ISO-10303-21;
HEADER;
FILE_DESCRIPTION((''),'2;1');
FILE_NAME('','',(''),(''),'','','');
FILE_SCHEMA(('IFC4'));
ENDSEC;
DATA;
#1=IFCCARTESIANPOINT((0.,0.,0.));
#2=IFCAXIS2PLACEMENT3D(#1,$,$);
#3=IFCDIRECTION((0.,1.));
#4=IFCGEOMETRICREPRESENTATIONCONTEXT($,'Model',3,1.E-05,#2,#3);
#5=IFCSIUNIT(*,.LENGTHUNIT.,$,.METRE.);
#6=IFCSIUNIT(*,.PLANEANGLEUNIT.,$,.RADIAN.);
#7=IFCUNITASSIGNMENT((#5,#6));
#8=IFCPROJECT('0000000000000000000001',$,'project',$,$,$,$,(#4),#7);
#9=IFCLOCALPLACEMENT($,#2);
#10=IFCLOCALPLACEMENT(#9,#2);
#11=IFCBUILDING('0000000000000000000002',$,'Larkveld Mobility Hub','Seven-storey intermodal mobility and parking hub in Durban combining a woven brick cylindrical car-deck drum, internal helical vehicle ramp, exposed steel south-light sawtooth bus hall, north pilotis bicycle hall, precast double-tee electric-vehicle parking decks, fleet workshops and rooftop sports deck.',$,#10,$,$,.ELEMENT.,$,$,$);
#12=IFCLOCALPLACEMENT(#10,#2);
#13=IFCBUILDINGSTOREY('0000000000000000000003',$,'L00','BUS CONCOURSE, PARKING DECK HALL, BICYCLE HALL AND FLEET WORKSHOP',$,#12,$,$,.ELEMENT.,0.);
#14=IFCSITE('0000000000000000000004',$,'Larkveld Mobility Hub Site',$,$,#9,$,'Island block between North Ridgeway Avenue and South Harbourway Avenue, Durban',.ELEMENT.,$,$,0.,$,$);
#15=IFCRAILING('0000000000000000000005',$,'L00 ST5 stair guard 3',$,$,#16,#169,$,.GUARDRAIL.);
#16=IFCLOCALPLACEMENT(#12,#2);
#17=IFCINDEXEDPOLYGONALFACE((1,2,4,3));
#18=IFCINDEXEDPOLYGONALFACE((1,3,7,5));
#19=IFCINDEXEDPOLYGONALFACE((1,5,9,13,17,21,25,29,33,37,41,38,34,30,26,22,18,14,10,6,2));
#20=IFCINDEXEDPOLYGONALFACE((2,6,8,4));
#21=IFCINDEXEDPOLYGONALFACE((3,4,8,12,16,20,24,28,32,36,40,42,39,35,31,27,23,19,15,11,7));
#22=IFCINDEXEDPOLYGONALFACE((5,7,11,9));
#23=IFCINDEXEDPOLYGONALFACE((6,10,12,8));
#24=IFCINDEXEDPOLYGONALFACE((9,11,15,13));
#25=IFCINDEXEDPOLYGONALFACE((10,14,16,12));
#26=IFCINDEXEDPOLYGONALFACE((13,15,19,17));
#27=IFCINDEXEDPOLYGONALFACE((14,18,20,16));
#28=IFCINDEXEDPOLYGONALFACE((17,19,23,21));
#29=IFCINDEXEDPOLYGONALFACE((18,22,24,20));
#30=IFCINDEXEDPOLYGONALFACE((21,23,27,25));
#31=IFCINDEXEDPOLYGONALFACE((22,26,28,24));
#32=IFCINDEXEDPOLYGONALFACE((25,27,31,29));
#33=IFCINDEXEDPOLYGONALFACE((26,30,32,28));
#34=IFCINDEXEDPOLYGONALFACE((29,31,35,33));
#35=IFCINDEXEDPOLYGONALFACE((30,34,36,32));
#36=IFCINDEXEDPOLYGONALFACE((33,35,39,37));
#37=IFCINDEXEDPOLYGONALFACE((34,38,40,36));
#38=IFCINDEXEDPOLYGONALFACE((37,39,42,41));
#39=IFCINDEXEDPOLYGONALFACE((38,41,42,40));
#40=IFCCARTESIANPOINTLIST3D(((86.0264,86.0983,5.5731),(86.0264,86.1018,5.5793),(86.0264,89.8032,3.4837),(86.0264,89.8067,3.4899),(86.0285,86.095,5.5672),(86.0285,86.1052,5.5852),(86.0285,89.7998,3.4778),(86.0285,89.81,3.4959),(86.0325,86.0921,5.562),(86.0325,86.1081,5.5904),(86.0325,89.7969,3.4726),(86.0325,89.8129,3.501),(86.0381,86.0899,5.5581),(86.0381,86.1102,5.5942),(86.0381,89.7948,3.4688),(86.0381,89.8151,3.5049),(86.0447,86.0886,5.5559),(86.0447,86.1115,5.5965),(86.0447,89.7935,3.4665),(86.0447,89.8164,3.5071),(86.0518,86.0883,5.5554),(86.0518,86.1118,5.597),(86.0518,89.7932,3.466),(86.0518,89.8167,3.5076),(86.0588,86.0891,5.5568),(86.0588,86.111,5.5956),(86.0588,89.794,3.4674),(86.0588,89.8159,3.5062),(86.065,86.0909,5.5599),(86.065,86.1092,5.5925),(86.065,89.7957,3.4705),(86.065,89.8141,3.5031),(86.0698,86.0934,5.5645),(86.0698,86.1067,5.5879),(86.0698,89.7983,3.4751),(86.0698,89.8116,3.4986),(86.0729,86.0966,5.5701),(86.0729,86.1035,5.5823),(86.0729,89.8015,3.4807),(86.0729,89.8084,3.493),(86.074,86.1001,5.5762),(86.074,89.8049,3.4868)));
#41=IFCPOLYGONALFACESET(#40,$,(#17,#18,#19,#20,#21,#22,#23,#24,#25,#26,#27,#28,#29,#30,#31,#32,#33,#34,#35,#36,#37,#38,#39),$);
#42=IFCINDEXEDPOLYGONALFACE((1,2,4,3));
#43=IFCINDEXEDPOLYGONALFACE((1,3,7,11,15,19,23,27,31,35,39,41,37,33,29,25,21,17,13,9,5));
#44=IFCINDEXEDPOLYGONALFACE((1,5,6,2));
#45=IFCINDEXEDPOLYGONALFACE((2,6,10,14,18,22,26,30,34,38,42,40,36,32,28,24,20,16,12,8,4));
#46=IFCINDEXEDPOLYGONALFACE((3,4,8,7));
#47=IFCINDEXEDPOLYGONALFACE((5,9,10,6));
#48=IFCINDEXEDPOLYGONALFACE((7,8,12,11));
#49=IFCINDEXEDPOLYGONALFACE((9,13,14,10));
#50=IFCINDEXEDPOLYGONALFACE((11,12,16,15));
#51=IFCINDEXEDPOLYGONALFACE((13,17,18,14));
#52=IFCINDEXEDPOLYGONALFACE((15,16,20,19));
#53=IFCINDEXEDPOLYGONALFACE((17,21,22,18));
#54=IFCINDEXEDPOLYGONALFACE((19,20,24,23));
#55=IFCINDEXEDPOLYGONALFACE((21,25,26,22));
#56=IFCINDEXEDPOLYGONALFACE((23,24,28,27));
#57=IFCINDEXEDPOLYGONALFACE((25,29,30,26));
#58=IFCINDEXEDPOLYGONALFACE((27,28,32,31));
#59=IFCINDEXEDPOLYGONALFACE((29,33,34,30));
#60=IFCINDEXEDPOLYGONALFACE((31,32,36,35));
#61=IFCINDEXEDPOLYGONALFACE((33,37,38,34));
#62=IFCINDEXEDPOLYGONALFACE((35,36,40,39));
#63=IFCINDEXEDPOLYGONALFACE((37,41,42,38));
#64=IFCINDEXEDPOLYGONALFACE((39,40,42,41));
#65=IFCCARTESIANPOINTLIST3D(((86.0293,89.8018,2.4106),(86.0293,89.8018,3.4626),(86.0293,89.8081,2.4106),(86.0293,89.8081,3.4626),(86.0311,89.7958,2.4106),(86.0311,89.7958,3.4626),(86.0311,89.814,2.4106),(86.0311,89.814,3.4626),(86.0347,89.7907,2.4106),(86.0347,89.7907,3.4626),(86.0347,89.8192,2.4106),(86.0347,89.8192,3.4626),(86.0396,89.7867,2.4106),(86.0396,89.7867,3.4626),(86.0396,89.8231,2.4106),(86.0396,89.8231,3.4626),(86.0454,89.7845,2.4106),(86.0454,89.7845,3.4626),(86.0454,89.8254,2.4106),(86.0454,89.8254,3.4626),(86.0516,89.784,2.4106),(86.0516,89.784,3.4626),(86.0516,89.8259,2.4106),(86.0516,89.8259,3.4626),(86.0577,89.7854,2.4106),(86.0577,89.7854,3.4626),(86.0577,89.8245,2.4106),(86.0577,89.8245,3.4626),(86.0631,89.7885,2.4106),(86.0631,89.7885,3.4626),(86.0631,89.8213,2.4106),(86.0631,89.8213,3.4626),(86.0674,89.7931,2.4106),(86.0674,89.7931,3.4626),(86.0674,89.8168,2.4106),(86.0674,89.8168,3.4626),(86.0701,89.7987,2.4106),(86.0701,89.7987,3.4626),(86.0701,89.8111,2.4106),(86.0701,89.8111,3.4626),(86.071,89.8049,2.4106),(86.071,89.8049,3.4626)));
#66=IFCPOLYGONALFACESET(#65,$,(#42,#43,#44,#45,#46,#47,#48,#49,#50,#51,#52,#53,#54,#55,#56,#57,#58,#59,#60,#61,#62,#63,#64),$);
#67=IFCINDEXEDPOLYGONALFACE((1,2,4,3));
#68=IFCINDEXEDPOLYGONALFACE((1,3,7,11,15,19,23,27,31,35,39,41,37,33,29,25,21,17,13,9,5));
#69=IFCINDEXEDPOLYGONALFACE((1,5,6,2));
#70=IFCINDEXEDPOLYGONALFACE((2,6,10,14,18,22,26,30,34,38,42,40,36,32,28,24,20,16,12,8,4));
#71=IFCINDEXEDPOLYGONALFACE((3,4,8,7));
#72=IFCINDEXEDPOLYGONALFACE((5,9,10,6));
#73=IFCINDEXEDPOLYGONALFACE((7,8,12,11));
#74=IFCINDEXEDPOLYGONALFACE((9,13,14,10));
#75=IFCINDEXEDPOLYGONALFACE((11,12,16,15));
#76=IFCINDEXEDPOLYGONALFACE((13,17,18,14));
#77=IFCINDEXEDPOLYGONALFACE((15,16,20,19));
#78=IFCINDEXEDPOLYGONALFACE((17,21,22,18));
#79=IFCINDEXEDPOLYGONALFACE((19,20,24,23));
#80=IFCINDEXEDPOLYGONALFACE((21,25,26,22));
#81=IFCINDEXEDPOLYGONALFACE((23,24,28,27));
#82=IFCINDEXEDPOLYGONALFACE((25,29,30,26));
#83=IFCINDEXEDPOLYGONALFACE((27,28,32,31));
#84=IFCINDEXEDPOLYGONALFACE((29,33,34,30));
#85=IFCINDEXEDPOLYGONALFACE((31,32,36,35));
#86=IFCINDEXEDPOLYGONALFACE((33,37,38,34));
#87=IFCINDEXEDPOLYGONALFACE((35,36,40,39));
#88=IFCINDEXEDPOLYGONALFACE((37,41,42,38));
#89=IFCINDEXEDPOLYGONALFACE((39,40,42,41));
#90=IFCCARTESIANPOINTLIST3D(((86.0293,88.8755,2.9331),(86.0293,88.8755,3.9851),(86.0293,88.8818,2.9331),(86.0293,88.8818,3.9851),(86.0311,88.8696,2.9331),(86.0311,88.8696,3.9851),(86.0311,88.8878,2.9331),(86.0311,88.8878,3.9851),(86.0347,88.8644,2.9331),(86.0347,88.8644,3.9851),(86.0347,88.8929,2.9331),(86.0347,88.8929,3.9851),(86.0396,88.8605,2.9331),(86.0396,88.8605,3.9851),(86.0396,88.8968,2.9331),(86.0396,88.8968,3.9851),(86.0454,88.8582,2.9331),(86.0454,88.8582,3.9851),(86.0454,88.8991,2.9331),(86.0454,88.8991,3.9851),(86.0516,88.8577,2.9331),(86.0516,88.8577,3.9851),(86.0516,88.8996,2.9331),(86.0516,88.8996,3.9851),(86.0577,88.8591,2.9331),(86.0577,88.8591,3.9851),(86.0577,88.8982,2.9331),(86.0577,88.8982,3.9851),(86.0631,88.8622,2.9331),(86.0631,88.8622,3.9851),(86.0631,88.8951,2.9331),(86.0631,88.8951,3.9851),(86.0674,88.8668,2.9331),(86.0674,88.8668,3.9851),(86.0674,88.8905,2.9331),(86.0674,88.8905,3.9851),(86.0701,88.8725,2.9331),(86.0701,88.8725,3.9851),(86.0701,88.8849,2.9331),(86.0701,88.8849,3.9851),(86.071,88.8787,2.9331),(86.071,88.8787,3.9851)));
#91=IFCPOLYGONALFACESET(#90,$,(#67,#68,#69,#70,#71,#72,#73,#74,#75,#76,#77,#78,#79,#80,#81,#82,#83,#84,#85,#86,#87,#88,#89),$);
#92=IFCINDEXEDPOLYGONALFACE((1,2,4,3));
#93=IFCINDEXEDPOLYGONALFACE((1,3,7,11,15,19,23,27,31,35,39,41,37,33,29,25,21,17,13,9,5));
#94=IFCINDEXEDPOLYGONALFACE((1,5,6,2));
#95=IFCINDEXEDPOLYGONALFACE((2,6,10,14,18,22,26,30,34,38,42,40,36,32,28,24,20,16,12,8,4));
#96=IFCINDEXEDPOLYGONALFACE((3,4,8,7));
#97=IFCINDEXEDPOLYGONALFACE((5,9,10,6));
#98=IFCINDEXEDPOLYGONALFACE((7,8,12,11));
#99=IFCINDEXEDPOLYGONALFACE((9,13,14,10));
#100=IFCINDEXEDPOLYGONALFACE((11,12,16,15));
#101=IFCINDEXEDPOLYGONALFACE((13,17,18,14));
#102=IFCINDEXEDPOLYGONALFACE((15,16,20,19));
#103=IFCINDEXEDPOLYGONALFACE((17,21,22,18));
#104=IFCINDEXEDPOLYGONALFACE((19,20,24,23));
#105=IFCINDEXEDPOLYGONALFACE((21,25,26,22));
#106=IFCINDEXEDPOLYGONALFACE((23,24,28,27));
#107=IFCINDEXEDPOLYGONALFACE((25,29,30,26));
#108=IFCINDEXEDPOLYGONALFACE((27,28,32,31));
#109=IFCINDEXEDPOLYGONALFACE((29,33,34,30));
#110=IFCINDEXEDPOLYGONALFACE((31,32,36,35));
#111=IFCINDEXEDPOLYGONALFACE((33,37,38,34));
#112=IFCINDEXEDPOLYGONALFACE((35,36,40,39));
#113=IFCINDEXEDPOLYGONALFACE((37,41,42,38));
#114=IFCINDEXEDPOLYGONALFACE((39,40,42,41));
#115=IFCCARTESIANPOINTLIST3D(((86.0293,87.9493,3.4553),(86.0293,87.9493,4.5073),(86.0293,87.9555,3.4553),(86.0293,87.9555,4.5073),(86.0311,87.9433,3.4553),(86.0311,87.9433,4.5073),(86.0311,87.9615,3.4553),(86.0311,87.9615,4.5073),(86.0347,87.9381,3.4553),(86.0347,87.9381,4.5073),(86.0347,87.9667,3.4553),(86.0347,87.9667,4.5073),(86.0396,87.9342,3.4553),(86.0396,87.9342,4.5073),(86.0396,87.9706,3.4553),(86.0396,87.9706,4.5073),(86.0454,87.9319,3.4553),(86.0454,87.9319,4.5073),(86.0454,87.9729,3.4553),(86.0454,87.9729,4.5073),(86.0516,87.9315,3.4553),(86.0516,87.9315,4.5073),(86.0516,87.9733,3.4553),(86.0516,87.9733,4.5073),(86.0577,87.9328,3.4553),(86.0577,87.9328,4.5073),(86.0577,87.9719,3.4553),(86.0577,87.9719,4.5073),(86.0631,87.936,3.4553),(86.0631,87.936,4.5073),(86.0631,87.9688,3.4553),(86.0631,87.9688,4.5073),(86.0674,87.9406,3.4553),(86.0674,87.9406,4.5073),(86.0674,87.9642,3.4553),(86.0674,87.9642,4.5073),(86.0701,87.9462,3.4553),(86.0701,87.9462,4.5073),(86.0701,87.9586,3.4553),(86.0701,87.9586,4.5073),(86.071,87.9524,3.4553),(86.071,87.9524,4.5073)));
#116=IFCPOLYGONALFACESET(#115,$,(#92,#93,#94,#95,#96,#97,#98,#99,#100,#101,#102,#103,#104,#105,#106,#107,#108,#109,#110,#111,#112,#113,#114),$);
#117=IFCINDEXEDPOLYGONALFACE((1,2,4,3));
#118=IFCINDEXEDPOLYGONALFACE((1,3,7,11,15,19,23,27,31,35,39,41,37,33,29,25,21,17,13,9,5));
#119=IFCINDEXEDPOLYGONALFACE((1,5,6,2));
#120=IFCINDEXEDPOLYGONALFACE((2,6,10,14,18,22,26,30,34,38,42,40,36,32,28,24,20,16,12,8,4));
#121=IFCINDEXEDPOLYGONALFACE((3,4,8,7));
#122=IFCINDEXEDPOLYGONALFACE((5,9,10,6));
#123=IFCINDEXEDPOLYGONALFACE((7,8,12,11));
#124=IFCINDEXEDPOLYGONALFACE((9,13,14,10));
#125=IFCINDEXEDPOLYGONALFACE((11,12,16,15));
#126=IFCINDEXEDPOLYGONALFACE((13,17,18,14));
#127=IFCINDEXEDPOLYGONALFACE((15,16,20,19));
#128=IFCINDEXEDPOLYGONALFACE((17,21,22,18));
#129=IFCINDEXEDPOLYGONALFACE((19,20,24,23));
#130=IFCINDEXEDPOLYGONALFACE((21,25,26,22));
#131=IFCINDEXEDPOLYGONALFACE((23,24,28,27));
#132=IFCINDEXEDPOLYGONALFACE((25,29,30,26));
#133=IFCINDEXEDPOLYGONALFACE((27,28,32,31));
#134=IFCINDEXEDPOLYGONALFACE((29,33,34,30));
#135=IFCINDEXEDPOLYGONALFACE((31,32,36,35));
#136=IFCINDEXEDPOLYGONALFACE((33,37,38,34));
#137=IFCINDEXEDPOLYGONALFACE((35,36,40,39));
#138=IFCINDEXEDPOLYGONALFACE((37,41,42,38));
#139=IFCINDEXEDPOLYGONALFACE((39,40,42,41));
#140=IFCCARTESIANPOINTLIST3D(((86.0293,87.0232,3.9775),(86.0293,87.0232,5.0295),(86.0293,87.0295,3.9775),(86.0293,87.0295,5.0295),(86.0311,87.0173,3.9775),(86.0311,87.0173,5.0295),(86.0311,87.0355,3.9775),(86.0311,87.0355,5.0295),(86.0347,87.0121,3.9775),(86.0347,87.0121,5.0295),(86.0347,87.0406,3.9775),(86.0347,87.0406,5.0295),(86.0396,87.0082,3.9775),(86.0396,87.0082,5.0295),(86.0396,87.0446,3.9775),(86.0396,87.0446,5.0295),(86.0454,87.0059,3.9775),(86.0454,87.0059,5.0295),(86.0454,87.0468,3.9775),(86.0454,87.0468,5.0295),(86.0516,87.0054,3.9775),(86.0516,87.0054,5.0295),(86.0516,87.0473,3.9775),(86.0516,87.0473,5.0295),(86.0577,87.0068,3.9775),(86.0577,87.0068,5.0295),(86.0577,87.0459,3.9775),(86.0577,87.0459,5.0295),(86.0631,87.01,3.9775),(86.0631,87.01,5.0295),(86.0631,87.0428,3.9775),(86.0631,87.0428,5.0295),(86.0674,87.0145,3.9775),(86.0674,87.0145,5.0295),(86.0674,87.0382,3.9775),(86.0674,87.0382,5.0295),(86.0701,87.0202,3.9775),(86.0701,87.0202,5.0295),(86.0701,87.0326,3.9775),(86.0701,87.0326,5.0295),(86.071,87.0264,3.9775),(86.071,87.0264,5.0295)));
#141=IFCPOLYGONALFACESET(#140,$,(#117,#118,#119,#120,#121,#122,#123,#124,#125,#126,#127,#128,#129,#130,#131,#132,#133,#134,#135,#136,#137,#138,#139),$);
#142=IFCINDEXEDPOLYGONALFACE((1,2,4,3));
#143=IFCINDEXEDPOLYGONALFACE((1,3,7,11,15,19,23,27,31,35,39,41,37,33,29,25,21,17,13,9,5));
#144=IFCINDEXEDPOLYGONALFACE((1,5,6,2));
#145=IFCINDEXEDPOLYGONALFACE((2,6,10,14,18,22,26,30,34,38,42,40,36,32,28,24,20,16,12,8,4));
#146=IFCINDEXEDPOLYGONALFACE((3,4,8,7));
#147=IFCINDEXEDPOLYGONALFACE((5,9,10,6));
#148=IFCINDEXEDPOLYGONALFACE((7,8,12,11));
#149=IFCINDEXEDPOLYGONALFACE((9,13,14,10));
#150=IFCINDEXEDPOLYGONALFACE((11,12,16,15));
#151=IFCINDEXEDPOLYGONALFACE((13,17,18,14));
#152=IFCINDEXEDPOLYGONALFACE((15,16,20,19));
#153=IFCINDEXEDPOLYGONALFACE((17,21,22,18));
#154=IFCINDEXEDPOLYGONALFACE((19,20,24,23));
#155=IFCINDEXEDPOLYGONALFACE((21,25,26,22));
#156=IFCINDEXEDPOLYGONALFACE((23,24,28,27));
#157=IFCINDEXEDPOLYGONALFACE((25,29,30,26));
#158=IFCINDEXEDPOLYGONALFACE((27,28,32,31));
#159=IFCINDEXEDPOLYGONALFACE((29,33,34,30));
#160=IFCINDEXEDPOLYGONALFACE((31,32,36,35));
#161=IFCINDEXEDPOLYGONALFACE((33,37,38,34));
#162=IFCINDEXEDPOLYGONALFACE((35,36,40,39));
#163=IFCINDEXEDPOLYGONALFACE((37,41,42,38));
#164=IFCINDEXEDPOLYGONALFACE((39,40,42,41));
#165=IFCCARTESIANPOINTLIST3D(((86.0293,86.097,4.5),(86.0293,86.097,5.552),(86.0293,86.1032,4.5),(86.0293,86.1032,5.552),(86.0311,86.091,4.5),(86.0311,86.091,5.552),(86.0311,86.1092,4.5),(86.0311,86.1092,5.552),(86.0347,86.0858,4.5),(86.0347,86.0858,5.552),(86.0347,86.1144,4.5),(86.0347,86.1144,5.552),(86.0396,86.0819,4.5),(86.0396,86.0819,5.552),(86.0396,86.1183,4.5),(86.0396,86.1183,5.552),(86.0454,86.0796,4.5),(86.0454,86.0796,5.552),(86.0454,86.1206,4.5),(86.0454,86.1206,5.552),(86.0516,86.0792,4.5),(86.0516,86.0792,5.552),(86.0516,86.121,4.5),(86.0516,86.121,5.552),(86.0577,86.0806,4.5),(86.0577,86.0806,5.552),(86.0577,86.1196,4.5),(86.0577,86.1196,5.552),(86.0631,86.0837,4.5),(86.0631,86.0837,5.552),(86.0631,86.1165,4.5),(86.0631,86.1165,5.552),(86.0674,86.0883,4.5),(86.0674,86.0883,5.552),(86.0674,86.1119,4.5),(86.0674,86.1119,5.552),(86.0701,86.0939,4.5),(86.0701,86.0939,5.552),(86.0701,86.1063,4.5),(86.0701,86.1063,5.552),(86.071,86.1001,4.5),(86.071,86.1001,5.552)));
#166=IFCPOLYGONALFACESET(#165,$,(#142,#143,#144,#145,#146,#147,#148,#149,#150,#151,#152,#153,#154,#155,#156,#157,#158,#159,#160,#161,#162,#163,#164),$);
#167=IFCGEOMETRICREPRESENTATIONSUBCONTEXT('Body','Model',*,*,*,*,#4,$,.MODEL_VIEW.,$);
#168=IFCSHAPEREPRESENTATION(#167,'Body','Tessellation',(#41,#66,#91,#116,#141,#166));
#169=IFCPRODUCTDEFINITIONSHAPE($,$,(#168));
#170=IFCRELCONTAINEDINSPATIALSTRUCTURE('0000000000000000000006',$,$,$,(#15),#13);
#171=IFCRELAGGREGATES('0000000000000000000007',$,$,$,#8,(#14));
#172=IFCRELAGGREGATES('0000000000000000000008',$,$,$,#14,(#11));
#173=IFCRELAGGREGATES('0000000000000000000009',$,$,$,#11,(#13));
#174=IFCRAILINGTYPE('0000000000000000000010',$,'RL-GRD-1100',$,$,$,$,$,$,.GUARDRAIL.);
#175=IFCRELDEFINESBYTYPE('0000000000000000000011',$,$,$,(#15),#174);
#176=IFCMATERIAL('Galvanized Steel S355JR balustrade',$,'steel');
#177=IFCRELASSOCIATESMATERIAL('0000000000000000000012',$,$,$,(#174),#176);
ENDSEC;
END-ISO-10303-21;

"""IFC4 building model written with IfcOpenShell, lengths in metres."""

from ifc_helpers import new_model, si_unit, direction, frame, origin, origin_2d, place, context, subcontext, project, spatial, circle, extrude, material, type_object, element, save


model = new_model("IFC4")

# Units and contexts
model_context = context("Model", 3, precision=1e-05, world=origin(), true_north=direction((0.0, 1.0)))
body_context = subcontext(model_context, "Body", "Model", "MODEL_VIEW")
ifc_project = project(units=[si_unit("LENGTHUNIT", "METRE"), si_unit("PLANEANGLEUNIT", "RADIAN")], contexts=[model_context])

# Site, building, storey
site_placement = place(None, origin())
site = spatial("IfcSite", under=ifc_project, at=site_placement, Name="Larkveld Mobility Hub Site", LongName="Island block between North Ridgeway Avenue and South Harbourway Avenue, Durban", CompositionType="ELEMENT", RefElevation=0.0)
building_placement = place(site_placement, origin())
building = spatial("IfcBuilding", under=site, at=building_placement, Name="Larkveld Mobility Hub", Description="Seven-storey intermodal mobility and parking hub in Durban combining a woven brick cylindrical car-deck drum, internal helical vehicle ramp, exposed steel south-light sawtooth bus hall, north pilotis bicycle hall, precast double-tee electric-vehicle parking decks, fleet workshops and rooftop sports deck.", CompositionType="ELEMENT")
storey_placement = place(building_placement, origin())
storey = spatial("IfcBuildingStorey", under=building, at=storey_placement, Name="L00", Description="BUS CONCOURSE, PARKING DECK HALL, BICYCLE HALL AND FLEET WORKSHOP", CompositionType="ELEMENT", Elevation=0.0)

# Railing
ifc_material_1 = material(Name="Galvanized Steel S355JR balustrade", Category="steel")
railing_type_1 = type_object("IfcRailingType", Name="RL-GRD-1100", PredefinedType="GUARDRAIL", material=ifc_material_1)
railing_1_placement = place(storey_placement, frame((86.05, 89.8049, 2.4106)))
element("IfcRailing", 1, at=railing_1_placement, inside=storey, type_object=railing_type_1, Name="L00 ST5 stair guard 3", PredefinedType="GUARDRAIL", context=body_context, shape_type="SweptSolid", body=[
    extrude(circle(Radius=0.0239, at=origin_2d()), frame((0.0, 0.0, 1.0762), z_axis=(0.0, -0.871034, 0.491223), x_axis=(1.0, 0.0, 0.0)), (0.0, 0.0, 1.0), 4.2534),
    extrude(circle(Radius=0.021, at=origin_2d()), origin(), (0.0, 0.0, 1.0), 1.052),
    extrude(circle(Radius=0.021, at=origin_2d()), frame((0.0, -0.9263, 0.5225)), (0.0, 0.0, 1.0), 1.052),
    extrude(circle(Radius=0.021, at=origin_2d()), frame((0.0, -1.8525, 1.0447)), (0.0, 0.0, 1.0), 1.052),
    extrude(circle(Radius=0.021, at=origin_2d()), frame((0.0, -2.7786, 1.5669)), (0.0, 0.0, 1.0), 1.052),
    extrude(circle(Radius=0.021, at=origin_2d()), frame((0.0, -3.7048, 2.0894)), (0.0, 0.0, 1.0), 1.052),
])

save(model, "model.ifc")
